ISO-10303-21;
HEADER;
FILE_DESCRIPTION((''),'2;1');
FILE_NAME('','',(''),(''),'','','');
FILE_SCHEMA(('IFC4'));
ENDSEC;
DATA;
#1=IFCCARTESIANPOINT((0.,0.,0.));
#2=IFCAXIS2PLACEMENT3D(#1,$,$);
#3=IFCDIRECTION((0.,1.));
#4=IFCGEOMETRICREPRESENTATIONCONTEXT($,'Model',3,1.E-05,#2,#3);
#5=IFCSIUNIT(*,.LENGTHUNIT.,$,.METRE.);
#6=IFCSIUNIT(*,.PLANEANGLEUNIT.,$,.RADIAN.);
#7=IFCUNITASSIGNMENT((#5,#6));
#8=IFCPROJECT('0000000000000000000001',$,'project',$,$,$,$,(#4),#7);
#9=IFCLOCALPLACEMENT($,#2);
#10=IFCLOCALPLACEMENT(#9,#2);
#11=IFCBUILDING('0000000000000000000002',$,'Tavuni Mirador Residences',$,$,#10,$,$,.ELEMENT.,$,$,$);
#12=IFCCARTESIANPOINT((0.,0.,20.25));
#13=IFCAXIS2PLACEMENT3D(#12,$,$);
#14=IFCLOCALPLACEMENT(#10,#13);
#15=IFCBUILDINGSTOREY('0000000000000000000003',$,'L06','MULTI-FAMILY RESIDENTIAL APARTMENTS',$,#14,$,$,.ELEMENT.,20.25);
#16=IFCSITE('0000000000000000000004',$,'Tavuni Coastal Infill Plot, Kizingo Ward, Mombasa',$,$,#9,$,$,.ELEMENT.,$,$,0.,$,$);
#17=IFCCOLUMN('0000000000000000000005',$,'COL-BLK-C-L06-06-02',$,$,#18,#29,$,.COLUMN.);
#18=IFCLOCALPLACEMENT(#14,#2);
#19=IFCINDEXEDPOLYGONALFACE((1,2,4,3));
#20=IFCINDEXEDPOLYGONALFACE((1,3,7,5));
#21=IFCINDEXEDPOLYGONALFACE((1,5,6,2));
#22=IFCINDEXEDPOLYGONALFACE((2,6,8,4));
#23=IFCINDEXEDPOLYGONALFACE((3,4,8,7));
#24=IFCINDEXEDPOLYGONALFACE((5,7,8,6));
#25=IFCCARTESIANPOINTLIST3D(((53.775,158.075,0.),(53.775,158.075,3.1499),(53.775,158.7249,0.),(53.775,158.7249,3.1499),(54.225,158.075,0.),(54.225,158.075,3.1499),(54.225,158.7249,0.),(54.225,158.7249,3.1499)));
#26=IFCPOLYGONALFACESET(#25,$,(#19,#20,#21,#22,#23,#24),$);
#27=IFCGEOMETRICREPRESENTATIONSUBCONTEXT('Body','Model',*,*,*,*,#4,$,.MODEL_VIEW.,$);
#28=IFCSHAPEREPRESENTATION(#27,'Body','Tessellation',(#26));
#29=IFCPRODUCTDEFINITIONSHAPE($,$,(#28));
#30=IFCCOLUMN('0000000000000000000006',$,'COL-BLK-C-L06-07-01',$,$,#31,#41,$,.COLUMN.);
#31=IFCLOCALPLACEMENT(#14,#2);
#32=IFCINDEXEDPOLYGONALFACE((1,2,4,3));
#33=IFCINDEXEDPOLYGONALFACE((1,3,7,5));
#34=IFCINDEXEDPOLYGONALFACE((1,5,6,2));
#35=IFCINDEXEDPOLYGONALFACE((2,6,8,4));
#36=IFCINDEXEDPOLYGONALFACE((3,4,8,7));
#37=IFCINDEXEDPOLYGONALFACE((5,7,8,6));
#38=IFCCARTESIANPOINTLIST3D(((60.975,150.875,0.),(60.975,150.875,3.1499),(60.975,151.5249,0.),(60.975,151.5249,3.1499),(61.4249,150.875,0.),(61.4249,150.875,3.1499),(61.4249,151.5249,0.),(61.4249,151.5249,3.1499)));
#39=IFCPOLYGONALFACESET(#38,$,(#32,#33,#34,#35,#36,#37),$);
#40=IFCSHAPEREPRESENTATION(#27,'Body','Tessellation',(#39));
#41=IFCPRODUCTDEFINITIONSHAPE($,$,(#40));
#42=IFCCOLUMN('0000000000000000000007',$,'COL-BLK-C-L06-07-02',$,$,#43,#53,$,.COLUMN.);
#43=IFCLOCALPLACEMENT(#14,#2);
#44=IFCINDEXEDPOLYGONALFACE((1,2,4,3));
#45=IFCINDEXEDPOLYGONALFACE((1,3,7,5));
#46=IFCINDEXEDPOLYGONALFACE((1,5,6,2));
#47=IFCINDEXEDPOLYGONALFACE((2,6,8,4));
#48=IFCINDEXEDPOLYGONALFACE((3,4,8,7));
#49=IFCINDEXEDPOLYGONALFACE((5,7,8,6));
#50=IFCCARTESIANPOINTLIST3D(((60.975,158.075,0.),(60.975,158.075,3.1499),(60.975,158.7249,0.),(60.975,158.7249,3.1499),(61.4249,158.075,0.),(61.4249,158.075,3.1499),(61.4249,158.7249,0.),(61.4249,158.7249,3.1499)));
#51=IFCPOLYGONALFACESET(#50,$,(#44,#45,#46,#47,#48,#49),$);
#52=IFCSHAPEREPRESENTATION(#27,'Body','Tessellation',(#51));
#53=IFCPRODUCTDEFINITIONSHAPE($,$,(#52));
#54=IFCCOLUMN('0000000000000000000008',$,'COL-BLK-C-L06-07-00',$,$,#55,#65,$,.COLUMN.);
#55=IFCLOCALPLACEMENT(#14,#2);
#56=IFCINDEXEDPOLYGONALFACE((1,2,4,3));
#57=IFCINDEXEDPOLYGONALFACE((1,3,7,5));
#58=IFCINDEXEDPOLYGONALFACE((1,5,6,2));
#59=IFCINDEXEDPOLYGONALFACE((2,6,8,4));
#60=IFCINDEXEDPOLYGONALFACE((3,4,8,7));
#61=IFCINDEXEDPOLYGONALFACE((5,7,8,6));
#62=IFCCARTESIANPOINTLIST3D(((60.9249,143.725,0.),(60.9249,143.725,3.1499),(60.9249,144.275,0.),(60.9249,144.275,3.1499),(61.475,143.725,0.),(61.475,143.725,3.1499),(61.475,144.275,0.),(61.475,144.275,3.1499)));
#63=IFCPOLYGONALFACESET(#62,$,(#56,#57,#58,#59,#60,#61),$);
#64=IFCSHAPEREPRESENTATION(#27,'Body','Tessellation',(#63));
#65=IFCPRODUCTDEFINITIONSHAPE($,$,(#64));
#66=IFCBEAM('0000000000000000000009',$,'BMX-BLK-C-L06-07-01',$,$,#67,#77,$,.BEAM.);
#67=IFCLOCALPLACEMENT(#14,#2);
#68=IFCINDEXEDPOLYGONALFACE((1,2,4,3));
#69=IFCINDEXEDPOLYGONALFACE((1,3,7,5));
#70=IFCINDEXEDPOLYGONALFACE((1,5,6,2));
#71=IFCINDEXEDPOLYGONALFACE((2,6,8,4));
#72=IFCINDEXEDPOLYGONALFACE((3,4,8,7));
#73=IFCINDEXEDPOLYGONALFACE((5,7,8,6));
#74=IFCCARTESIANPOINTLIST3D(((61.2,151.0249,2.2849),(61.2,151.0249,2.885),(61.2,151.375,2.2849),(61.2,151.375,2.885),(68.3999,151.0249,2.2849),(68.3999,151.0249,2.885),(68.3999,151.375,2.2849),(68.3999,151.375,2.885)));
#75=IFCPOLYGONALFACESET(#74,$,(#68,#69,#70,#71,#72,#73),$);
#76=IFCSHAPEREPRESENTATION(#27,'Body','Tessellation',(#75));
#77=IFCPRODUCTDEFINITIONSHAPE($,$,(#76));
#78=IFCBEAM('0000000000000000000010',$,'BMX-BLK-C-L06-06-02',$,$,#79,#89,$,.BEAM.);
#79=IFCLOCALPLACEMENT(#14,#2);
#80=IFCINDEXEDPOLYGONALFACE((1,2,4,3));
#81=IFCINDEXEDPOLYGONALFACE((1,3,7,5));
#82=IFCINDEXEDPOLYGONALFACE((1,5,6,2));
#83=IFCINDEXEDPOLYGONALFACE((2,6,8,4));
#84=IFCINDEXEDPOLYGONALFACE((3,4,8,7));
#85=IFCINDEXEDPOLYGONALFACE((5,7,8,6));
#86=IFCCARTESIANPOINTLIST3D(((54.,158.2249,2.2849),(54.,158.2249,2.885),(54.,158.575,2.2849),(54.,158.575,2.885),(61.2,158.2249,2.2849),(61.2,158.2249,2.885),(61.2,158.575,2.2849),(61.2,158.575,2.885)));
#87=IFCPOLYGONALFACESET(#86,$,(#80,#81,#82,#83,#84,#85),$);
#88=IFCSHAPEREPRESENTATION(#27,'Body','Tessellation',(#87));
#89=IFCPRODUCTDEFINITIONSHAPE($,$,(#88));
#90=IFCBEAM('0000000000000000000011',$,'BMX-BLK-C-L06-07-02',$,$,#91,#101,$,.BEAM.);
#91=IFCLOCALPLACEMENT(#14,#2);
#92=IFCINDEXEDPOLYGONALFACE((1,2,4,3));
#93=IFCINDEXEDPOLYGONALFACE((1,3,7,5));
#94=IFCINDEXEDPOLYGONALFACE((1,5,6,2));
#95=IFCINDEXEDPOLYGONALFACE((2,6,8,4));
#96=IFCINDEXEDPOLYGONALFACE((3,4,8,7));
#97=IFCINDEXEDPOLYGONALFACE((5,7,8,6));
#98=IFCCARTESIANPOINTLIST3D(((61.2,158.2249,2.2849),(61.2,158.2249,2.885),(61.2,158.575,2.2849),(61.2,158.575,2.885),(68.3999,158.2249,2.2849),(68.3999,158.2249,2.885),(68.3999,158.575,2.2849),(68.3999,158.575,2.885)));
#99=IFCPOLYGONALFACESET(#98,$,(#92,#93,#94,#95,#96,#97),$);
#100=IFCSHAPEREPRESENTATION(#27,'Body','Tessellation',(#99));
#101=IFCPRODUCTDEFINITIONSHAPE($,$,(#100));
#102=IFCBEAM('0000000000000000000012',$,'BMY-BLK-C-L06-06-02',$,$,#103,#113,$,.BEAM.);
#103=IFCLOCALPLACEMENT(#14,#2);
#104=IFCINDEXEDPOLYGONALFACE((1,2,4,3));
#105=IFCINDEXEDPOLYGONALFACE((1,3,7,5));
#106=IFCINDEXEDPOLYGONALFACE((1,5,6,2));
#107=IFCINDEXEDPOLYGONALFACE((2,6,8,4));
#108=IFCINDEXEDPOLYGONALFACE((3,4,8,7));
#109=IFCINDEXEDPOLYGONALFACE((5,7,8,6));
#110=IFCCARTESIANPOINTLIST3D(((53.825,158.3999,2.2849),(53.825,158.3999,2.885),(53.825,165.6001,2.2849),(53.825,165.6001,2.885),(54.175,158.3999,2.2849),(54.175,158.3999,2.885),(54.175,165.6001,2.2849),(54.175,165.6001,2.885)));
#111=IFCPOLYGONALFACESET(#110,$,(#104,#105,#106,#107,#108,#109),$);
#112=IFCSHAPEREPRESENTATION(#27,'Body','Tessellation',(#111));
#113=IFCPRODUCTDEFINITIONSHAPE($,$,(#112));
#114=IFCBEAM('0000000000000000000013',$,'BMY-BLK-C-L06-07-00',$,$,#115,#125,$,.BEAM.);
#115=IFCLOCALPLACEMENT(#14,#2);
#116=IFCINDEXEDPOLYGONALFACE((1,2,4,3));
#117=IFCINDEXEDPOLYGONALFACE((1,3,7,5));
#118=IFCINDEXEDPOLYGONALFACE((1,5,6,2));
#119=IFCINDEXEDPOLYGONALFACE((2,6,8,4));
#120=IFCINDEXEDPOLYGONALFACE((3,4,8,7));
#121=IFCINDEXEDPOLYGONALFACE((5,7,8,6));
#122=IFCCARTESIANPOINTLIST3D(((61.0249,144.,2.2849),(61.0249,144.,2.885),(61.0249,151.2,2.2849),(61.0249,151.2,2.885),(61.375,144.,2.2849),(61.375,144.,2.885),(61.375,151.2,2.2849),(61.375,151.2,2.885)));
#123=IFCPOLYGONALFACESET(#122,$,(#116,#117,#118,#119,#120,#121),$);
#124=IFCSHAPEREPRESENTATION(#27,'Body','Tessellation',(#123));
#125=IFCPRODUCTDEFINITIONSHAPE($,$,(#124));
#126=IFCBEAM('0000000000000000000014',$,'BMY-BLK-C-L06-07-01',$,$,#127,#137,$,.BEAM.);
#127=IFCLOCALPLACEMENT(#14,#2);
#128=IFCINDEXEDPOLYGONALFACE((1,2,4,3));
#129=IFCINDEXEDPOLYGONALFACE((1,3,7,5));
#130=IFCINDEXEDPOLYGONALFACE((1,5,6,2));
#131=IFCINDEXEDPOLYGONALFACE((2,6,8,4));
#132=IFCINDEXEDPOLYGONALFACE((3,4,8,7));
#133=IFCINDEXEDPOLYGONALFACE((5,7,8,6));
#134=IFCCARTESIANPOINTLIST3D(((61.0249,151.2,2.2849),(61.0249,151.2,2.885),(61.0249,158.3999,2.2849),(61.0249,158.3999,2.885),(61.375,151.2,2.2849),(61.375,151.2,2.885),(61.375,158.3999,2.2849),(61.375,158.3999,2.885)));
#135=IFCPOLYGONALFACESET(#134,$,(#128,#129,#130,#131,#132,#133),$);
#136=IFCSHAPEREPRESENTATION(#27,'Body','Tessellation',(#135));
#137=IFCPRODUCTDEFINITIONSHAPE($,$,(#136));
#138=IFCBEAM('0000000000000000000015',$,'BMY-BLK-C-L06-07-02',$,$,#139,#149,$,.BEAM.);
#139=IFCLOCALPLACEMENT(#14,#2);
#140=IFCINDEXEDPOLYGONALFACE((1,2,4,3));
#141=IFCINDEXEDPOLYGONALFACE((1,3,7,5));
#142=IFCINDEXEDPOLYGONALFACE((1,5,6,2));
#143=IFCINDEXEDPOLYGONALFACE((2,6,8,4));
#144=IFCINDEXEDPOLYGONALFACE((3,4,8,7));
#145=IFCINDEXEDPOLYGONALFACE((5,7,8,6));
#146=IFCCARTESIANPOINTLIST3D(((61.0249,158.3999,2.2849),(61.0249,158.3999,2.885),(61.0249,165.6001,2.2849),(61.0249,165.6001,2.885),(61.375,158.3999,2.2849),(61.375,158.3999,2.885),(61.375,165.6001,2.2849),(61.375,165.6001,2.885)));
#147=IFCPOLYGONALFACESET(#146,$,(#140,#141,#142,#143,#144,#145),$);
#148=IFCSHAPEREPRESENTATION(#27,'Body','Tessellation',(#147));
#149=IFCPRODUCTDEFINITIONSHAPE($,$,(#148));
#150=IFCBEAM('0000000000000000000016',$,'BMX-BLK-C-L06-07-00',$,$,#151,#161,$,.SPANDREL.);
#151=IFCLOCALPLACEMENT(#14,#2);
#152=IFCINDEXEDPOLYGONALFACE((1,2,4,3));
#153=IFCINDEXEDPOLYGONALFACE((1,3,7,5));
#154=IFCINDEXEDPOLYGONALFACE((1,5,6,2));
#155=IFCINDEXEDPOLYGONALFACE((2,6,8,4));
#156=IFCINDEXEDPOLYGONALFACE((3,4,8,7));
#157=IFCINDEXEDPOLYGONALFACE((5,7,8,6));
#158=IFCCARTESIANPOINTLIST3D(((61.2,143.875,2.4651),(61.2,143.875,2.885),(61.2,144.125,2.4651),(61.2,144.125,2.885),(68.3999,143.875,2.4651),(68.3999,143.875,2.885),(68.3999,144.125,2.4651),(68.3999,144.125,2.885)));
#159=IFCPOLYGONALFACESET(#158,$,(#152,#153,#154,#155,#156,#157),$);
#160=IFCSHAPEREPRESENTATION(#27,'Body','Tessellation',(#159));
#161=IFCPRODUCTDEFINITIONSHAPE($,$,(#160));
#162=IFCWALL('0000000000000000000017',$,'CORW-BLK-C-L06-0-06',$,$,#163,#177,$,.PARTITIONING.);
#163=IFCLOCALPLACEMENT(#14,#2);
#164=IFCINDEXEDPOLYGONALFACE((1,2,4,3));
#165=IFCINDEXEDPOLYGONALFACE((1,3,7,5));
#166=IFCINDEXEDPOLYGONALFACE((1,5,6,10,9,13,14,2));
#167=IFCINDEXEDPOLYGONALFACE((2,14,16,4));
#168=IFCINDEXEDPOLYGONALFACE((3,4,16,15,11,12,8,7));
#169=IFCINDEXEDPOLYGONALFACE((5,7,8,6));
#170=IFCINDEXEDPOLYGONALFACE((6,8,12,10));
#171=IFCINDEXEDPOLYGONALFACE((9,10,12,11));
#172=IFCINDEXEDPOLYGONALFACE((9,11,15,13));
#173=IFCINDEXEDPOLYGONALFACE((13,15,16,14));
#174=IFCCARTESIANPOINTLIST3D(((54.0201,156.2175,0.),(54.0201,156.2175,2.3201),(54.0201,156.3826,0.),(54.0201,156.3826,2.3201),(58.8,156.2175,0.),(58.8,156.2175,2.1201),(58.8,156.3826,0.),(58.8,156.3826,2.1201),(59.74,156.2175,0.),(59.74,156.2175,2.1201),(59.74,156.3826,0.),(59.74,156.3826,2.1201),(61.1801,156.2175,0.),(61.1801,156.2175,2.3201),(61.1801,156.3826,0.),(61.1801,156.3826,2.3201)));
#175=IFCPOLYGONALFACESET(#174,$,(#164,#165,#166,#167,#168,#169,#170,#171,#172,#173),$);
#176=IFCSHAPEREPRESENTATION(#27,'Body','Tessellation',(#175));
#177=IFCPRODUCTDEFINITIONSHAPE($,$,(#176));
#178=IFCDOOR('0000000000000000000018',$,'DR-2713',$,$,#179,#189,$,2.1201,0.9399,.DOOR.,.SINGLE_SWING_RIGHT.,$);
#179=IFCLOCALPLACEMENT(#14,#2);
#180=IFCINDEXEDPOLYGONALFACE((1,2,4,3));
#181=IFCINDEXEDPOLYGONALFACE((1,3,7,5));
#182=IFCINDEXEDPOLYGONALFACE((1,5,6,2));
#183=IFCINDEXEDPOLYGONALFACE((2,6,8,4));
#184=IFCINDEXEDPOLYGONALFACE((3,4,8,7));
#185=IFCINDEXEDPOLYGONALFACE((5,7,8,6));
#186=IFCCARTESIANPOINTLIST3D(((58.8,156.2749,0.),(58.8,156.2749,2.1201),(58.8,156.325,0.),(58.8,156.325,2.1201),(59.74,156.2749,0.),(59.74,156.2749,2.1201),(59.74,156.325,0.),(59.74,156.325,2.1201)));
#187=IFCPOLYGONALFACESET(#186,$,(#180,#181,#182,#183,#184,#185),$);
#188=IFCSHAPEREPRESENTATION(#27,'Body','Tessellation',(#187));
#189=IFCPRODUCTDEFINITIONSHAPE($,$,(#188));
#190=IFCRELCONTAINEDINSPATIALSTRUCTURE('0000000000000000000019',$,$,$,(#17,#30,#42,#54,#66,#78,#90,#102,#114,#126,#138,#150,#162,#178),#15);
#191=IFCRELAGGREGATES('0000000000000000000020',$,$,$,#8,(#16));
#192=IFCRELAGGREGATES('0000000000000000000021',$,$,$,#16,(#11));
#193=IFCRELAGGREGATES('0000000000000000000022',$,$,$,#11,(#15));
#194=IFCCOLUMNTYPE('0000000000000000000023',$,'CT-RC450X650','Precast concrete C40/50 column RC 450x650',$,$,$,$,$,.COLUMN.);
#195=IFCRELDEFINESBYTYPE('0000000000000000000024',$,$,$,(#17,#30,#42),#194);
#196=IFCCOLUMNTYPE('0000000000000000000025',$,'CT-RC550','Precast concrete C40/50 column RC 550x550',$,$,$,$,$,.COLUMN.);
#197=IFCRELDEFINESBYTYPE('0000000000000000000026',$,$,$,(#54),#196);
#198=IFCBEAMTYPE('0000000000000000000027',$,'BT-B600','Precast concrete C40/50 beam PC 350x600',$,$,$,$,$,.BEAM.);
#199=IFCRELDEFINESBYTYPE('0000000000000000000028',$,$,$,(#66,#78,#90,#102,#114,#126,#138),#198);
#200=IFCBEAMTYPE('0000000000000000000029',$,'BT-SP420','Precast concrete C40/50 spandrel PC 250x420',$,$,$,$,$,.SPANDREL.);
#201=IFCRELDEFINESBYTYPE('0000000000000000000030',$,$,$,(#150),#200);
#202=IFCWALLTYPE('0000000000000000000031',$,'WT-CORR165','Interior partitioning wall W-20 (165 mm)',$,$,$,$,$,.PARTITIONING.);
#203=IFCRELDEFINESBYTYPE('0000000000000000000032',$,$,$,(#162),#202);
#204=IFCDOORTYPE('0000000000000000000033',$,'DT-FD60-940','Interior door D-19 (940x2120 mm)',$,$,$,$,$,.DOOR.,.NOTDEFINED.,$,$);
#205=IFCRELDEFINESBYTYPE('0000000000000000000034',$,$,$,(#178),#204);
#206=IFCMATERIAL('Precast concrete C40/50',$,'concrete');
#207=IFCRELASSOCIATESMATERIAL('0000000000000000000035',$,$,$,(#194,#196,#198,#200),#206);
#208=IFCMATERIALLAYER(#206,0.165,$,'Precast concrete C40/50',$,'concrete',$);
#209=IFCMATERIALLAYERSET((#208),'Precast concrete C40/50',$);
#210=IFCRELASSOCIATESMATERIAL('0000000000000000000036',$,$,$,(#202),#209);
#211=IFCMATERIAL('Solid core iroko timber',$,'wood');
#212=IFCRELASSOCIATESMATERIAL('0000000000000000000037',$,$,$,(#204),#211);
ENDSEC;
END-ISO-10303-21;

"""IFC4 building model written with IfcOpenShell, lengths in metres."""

from ifc_helpers import new_model, si_unit, direction, frame, frame_2d, origin, origin_2d, place, context, subcontext, project, spatial, rectangle, extrude, material, layer, layer_set, material_profile, profile_set, type_object, element, fill, save


model = new_model("IFC4")

# Units and contexts
model_context = context("Model", 3, precision=1e-05, world=origin(), true_north=direction((0.0, 1.0)))
body_context = subcontext(model_context, "Body", "Model", "MODEL_VIEW")
ifc_project = project(units=[si_unit("LENGTHUNIT", "METRE"), si_unit("PLANEANGLEUNIT", "RADIAN")], contexts=[model_context])

# Site, building, storey
site_placement = place(None, origin())
site = spatial("IfcSite", under=ifc_project, at=site_placement, Name="Tavuni Coastal Infill Plot, Kizingo Ward, Mombasa", CompositionType="ELEMENT", RefElevation=0.0)
building_placement = place(site_placement, origin())
building = spatial("IfcBuilding", under=site, at=building_placement, Name="Tavuni Mirador Residences", CompositionType="ELEMENT")
storey_placement = place(building_placement, frame((0.0, 0.0, 20.25)))
storey = spatial("IfcBuildingStorey", under=building, at=storey_placement, Name="L06", Description="MULTI-FAMILY RESIDENTIAL APARTMENTS", CompositionType="ELEMENT", Elevation=20.25)

# Columns
ifc_material_1 = material(Name="Precast concrete C40/50", Category="concrete")
ifc_material_profile_1 = material_profile(ifc_material_1, rectangle(XDim=0.45, YDim=0.6499, at=origin_2d()), Name="RC 450x650", Category="concrete")
ifc_profile_set_1 = profile_set([ifc_material_profile_1], Name="Precast concrete C40/50")
column_type_1 = type_object("IfcColumnType", Name="CT-RC450X650", Description="Precast concrete C40/50 column RC 450x650", PredefinedType="COLUMN", material=ifc_profile_set_1)
for number, where, z_axis, x_axis, name in (
    (1, (54.0, 158.3999, 0.0), (0.0, 0.0, 1.0), (1.0, 0.0, 0.0), "COL-BLK-C-L06-06-02"),
    (2, (61.2, 151.2, 0.0), (0.0, 0.0, 1.0), (1.0, 0.0, 0.0), "COL-BLK-C-L06-07-01"),
    (3, (61.2, 158.3999, 0.0), (0.0, 0.0, 1.0), (1.0, 0.0, 0.0), "COL-BLK-C-L06-07-02"),
):
    element("IfcColumn", number, at=place(storey_placement, frame(where, z_axis=z_axis, x_axis=x_axis)), inside=storey, type_object=column_type_1, Name=name, PredefinedType="COLUMN", context=body_context, shape_type="SweptSolid", body=[
        extrude(rectangle(XDim=0.45, YDim=0.6499, at=origin_2d()), origin(), (0.0, 0.0, 1.0), 3.1499),
    ])
ifc_material_profile_2 = material_profile(ifc_material_1, rectangle(XDim=0.55, YDim=0.55, at=origin_2d()), Name="RC 550x550", Category="concrete")
ifc_profile_set_2 = profile_set([ifc_material_profile_2], Name="Precast concrete C40/50")
column_type_2 = type_object("IfcColumnType", Name="CT-RC550", Description="Precast concrete C40/50 column RC 550x550", PredefinedType="COLUMN", material=ifc_profile_set_2)
column_placement = place(storey_placement, frame((61.2, 144.0, 0.0), z_axis=(0.0, 0.0, 1.0), x_axis=(1.0, 0.0, 0.0)))
element("IfcColumn", 4, at=column_placement, inside=storey, type_object=column_type_2, Name="COL-BLK-C-L06-07-00", PredefinedType="COLUMN", context=body_context, shape_type="SweptSolid", body=[
    extrude(rectangle(XDim=0.55, YDim=0.55, at=origin_2d()), origin(), (0.0, 0.0, 1.0), 3.1499),
])

# Beams
ifc_material_profile_3 = material_profile(ifc_material_1, rectangle(XDim=0.3501, YDim=0.6001, at=origin_2d()), Name="PC 350x600", Category="concrete")
ifc_profile_set_3 = profile_set([ifc_material_profile_3], Name="Precast concrete C40/50")
beam_type_1 = type_object("IfcBeamType", Name="BT-B600", Description="Precast concrete C40/50 beam PC 350x600", PredefinedType="BEAM", material=ifc_profile_set_3)
for number, where, z_axis, x_axis, name in (
    (5, (61.2, 151.2, 2.585), (1.0, 0.0, 0.0), (0.0, 1.0, 0.0), "BMX-BLK-C-L06-07-01"),
    (6, (54.0, 158.3999, 2.585), (1.0, 0.0, 0.0), (0.0, 1.0, 0.0), "BMX-BLK-C-L06-06-02"),
    (7, (61.2, 158.3999, 2.585), (1.0, 0.0, 0.0), (0.0, 1.0, 0.0), "BMX-BLK-C-L06-07-02"),
):
    element("IfcBeam", number, at=place(storey_placement, frame(where, z_axis=z_axis, x_axis=x_axis)), inside=storey, type_object=beam_type_1, Name=name, PredefinedType="BEAM", context=body_context, shape_type="SweptSolid", body=[
        extrude(rectangle(XDim=0.3501, YDim=0.6001, at=origin_2d()), origin(), (0.0, 0.0, 1.0), 7.2),
    ])
beam_1_placement = place(storey_placement, frame((54.0, 158.3999, 2.585), z_axis=(0.0, 1.0, 0.0), x_axis=(-1.0, 0.0, 0.0)))
element("IfcBeam", 8, at=beam_1_placement, inside=storey, type_object=beam_type_1, Name="BMY-BLK-C-L06-06-02", PredefinedType="BEAM", context=body_context, shape_type="SweptSolid", body=[
    extrude(rectangle(XDim=0.3501, YDim=0.6001, at=origin_2d()), origin(), (0.0, 0.0, 1.0), 7.2002),
])
for number, where, z_axis, x_axis, name in (
    (9, (61.2, 144.0, 2.585), (0.0, 1.0, 0.0), (-1.0, 0.0, 0.0), "BMY-BLK-C-L06-07-00"),
    (10, (61.2, 151.2, 2.585), (0.0, 1.0, 0.0), (-1.0, 0.0, 0.0), "BMY-BLK-C-L06-07-01"),
):
    element("IfcBeam", number, at=place(storey_placement, frame(where, z_axis=z_axis, x_axis=x_axis)), inside=storey, type_object=beam_type_1, Name=name, PredefinedType="BEAM", context=body_context, shape_type="SweptSolid", body=[
        extrude(rectangle(XDim=0.3501, YDim=0.6001, at=origin_2d()), origin(), (0.0, 0.0, 1.0), 7.2),
    ])
beam_2_placement = place(storey_placement, frame((61.2, 158.3999, 2.585), z_axis=(0.0, 1.0, 0.0), x_axis=(-1.0, 0.0, 0.0)))
element("IfcBeam", 11, at=beam_2_placement, inside=storey, type_object=beam_type_1, Name="BMY-BLK-C-L06-07-02", PredefinedType="BEAM", context=body_context, shape_type="SweptSolid", body=[
    extrude(rectangle(XDim=0.3501, YDim=0.6001, at=origin_2d()), origin(), (0.0, 0.0, 1.0), 7.2002),
])
ifc_material_profile_4 = material_profile(ifc_material_1, rectangle(XDim=0.25, YDim=0.4199, at=origin_2d()), Name="PC 250x420", Category="concrete")
ifc_profile_set_4 = profile_set([ifc_material_profile_4], Name="Precast concrete C40/50")
beam_type_2 = type_object("IfcBeamType", Name="BT-SP420", Description="Precast concrete C40/50 spandrel PC 250x420", PredefinedType="SPANDREL", material=ifc_profile_set_4)
beam_3_placement = place(storey_placement, frame((61.2, 144.0, 2.675), z_axis=(1.0, 0.0, 0.0), x_axis=(0.0, 1.0, 0.0)))
element("IfcBeam", 12, at=beam_3_placement, inside=storey, type_object=beam_type_2, Name="BMX-BLK-C-L06-07-00", PredefinedType="SPANDREL", context=body_context, shape_type="SweptSolid", body=[
    extrude(rectangle(XDim=0.25, YDim=0.4199, at=origin_2d()), origin(), (0.0, 0.0, 1.0), 7.2),
])

# Wall, opening, door
ifc_layer_1 = layer(ifc_material_1, 0.165, Name="Precast concrete C40/50", Category="concrete")
ifc_layer_set_1 = layer_set([ifc_layer_1], Name="Precast concrete C40/50")
wall_type_1 = type_object("IfcWallType", Name="WT-CORR165", Description="Interior partitioning wall W-20 (165 mm)", PredefinedType="PARTITIONING", material=ifc_layer_set_1)
wall_1_placement = place(storey_placement, frame((54.02, 156.3, 0.0), z_axis=(0.0, 0.0, 1.0), x_axis=(1.0, 0.0, 0.0)))
wall_1 = element("IfcWall", 13, at=wall_1_placement, inside=storey, type_object=wall_type_1, Name="CORW-BLK-C-L06-0-06", PredefinedType="PARTITIONING", context=body_context, shape_type="SweptSolid", body=[
    extrude(rectangle(XDim=7.1599, YDim=0.165, at=frame_2d((3.5801, 0.0))), origin(), (0.0, 0.0, 1.0), 2.3201),
])
opening_1_placement = place(wall_1_placement, frame((4.78, 0.0, 0.0)))
opening_1 = element("IfcOpeningElement", 14, at=opening_1_placement, cuts=wall_1, PredefinedType="OPENING", context=body_context, shape_type="SweptSolid", body=[
    extrude(rectangle(XDim=0.9399, YDim=2.1201, at=frame_2d((0.47, 1.0601))), frame((0.0, 0.0925, 0.0), z_axis=(0.0, -1.0, 0.0), x_axis=(1.0, 0.0, 0.0)), (0.0, 0.0, 1.0), 0.1851),
])
ifc_material_2 = material(Name="Solid core iroko timber", Category="wood")
door_type_1 = type_object("IfcDoorType", Name="DT-FD60-940", Description="Interior door D-19 (940x2120 mm)", OperationType="NOTDEFINED", PredefinedType="DOOR", material=ifc_material_2)
door_1_placement = place(opening_1_placement, origin())
door_1 = element("IfcDoor", 15, at=door_1_placement, inside=storey, type_object=door_type_1, Name="DR-2713", OperationType="SINGLE_SWING_RIGHT", OverallHeight=2.1201, OverallWidth=0.9399, PredefinedType="DOOR", context=body_context, shape_type="SweptSolid", body=[
    extrude(rectangle(XDim=0.9399, YDim=2.1201, at=frame_2d((0.47, 1.0601))), frame((0.0, 0.0249, 0.0), z_axis=(0.0, -1.0, 0.0), x_axis=(1.0, 0.0, 0.0)), (0.0, 0.0, 1.0), 0.05),
])
fill(opening_1, door_1)

save(model, "model.ifc")
